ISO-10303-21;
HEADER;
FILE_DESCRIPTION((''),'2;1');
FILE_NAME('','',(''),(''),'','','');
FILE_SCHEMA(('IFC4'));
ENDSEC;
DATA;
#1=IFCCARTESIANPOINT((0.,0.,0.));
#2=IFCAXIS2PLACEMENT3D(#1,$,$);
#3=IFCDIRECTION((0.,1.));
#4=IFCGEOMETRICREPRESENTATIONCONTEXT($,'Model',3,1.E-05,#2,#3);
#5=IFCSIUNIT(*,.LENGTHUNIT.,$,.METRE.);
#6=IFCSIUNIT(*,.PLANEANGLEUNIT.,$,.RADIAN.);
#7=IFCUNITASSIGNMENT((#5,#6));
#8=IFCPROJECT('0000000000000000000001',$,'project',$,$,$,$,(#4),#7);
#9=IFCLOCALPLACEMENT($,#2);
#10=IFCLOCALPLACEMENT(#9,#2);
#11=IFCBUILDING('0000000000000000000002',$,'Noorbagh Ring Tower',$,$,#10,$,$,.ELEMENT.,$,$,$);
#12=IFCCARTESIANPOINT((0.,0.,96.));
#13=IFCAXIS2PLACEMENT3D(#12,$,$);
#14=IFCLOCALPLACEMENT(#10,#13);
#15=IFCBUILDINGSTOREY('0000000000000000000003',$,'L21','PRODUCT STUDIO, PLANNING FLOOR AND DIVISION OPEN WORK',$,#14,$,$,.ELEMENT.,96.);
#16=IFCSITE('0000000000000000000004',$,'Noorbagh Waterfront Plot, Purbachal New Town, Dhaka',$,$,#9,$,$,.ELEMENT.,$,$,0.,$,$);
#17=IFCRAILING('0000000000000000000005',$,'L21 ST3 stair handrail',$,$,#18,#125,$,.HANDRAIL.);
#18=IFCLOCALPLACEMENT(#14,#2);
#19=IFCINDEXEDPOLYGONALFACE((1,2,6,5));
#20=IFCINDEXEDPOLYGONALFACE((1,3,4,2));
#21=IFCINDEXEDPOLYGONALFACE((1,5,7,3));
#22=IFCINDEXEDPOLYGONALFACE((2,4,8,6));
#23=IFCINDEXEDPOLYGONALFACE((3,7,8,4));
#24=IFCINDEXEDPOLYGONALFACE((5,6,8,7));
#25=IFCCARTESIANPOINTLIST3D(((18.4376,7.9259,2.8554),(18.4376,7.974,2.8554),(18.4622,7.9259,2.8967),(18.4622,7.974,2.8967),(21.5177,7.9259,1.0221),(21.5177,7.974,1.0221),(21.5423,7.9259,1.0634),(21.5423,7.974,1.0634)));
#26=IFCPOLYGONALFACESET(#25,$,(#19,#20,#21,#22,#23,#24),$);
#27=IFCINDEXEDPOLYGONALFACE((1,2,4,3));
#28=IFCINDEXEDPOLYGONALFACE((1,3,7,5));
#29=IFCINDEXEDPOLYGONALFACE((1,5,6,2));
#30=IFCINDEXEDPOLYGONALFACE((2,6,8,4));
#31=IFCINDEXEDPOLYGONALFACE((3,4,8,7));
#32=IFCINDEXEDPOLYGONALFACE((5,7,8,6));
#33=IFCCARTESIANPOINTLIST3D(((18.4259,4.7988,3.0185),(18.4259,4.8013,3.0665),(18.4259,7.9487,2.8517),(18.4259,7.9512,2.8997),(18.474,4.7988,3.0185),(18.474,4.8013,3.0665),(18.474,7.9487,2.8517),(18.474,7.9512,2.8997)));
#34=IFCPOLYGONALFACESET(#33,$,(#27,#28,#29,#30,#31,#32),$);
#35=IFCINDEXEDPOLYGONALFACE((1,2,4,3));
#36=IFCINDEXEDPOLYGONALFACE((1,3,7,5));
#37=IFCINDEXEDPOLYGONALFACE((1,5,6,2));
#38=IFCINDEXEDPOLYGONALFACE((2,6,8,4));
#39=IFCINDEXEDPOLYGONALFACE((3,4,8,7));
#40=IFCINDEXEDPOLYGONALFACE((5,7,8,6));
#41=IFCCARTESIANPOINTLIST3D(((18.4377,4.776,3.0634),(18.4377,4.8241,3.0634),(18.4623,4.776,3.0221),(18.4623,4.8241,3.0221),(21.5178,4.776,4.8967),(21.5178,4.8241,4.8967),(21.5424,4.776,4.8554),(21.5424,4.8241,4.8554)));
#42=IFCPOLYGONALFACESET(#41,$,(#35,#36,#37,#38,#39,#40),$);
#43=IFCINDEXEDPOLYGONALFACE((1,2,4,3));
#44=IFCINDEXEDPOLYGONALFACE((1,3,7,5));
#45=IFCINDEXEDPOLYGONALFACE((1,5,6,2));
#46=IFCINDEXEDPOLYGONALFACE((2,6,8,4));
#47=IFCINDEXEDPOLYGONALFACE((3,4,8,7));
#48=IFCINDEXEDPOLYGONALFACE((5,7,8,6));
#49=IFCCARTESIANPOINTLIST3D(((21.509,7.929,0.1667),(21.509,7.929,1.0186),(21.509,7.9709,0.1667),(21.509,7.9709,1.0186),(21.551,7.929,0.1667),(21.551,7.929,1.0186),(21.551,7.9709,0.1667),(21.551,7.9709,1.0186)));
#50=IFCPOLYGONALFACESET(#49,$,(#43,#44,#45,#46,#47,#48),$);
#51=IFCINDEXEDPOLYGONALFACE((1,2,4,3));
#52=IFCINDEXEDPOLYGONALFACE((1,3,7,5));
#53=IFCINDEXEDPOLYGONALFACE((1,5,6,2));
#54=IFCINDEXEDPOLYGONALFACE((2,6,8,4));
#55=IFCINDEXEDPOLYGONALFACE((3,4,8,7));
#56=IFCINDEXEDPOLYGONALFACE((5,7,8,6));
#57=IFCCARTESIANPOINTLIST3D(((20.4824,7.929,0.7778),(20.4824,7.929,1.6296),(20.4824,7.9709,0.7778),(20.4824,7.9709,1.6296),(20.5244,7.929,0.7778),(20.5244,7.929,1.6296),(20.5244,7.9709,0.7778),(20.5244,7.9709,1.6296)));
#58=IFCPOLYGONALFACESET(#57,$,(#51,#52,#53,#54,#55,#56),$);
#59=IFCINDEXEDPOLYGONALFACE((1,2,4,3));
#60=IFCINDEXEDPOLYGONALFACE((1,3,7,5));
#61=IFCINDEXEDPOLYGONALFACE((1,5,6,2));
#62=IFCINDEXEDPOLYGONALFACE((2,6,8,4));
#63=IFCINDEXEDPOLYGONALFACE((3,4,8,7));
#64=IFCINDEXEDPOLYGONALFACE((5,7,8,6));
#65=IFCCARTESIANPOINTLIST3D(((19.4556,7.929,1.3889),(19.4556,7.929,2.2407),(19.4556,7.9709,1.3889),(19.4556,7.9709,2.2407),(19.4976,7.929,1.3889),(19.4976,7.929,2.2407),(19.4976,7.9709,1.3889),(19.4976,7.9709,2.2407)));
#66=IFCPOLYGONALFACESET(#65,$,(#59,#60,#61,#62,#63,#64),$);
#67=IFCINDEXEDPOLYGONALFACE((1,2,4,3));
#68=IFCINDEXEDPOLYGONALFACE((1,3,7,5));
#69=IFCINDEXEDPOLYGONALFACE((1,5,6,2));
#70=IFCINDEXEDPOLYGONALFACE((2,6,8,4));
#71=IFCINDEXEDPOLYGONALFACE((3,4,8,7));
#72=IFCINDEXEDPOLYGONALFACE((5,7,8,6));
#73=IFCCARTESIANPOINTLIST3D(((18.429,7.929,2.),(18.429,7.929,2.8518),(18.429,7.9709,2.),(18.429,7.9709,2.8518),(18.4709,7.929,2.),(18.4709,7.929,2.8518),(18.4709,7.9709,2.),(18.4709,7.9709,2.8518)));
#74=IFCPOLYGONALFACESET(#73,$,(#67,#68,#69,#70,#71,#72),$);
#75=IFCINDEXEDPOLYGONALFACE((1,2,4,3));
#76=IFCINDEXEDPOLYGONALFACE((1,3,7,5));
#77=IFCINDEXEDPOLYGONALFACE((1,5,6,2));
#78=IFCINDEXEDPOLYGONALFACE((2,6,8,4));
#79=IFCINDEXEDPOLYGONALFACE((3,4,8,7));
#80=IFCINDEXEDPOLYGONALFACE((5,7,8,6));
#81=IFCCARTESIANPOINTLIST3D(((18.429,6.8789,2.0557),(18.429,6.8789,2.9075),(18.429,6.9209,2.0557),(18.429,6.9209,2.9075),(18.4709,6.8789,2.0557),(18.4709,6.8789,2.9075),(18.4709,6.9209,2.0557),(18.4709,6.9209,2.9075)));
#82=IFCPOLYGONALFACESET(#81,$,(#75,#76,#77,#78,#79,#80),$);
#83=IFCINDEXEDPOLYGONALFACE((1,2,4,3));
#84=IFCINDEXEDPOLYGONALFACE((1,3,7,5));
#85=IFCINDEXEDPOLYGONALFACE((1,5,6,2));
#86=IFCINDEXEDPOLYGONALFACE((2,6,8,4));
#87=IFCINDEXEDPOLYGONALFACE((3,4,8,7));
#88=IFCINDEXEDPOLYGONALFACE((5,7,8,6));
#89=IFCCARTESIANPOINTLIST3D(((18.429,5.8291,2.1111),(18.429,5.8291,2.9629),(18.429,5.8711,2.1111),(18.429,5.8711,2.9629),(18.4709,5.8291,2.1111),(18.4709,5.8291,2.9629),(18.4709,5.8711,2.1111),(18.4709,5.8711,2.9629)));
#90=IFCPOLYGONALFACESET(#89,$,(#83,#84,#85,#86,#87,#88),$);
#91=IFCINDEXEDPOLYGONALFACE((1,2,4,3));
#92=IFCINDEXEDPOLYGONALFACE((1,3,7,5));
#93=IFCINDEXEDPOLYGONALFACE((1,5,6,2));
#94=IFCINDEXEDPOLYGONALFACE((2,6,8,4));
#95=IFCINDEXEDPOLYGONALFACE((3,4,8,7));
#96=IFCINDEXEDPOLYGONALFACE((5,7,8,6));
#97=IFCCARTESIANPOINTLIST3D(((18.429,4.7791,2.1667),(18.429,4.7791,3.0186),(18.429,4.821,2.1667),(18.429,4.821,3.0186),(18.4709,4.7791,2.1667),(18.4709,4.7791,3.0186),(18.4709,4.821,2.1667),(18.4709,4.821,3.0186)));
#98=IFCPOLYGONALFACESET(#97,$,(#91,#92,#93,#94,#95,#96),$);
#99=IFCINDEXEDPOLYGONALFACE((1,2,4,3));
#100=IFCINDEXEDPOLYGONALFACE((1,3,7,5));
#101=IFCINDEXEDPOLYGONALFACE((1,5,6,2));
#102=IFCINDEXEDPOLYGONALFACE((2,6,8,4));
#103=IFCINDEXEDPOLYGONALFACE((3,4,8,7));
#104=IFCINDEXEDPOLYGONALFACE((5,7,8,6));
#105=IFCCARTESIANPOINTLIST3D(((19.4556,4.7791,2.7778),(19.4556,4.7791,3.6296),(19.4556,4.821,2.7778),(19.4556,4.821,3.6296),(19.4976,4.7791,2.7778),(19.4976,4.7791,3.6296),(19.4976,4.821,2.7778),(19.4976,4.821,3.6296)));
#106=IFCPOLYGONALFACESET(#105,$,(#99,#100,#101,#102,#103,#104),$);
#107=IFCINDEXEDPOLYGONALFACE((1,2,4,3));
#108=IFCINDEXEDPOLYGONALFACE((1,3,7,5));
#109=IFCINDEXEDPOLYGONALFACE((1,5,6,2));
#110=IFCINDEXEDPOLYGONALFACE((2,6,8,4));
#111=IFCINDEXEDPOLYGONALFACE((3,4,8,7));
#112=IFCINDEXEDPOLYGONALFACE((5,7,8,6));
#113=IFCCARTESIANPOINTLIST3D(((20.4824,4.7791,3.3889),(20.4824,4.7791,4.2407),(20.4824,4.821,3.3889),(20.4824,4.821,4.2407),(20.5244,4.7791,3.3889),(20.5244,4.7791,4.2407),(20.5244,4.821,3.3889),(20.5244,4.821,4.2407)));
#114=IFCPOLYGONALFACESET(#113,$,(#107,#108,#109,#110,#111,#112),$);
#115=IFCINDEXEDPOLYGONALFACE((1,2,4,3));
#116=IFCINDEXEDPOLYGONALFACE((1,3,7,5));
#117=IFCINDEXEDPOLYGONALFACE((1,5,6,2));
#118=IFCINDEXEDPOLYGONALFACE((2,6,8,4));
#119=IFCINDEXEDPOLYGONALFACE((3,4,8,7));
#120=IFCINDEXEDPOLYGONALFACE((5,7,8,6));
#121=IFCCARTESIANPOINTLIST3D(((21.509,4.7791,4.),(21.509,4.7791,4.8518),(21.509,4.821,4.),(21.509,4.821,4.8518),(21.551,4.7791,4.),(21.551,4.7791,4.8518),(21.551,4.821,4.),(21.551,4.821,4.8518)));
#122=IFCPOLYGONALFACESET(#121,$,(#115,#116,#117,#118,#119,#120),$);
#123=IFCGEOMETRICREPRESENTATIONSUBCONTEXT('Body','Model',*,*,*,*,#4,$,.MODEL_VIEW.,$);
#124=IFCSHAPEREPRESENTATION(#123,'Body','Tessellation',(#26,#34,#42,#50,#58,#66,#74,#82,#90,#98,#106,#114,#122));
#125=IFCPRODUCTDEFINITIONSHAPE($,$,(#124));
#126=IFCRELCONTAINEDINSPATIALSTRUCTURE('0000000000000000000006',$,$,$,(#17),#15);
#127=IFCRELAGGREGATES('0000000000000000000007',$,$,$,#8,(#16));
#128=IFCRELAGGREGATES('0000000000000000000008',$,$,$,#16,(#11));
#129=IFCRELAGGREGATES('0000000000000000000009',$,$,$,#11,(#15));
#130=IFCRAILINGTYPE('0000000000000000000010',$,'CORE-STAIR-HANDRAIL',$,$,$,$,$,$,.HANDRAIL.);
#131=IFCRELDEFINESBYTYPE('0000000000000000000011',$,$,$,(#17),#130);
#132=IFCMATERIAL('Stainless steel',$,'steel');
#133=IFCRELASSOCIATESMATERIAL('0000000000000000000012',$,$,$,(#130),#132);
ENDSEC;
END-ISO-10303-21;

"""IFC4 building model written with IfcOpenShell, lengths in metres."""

from ifc_helpers import new_model, si_unit, direction, frame, origin, origin_2d, place, context, subcontext, project, spatial, rectangle, extrude, material, type_object, element, save


model = new_model("IFC4")

# Units and contexts
model_context = context("Model", 3, precision=1e-05, world=origin(), true_north=direction((0.0, 1.0)))
body_context = subcontext(model_context, "Body", "Model", "MODEL_VIEW")
ifc_project = project(units=[si_unit("LENGTHUNIT", "METRE"), si_unit("PLANEANGLEUNIT", "RADIAN")], contexts=[model_context])

# Site, building, storey
site_placement = place(None, origin())
site = spatial("IfcSite", under=ifc_project, at=site_placement, Name="Noorbagh Waterfront Plot, Purbachal New Town, Dhaka", CompositionType="ELEMENT", RefElevation=0.0)
building_placement = place(site_placement, origin())
building = spatial("IfcBuilding", under=site, at=building_placement, Name="Noorbagh Ring Tower", CompositionType="ELEMENT")
storey_placement = place(building_placement, frame((0.0, 0.0, 96.0)))
storey = spatial("IfcBuildingStorey", under=building, at=storey_placement, Name="L21", Description="PRODUCT STUDIO, PLANNING FLOOR AND DIVISION OPEN WORK", CompositionType="ELEMENT", Elevation=96.0)

# Railing
ifc_material_1 = material(Name="Stainless steel", Category="steel")
railing_type_1 = type_object("IfcRailingType", Name="CORE-STAIR-HANDRAIL", PredefinedType="HANDRAIL", material=ifc_material_1)
railing_1_placement = place(storey_placement, frame((21.53, 7.95, 0.1667)))
element("IfcRailing", 1, at=railing_1_placement, inside=storey, type_object=railing_type_1, Name="L21 ST3 stair handrail", PredefinedType="HANDRAIL", context=body_context, shape_type="SweptSolid", body=[
    extrude(rectangle(XDim=0.0481, YDim=0.0481, at=origin_2d()), frame((0.0, 0.0, 0.876), z_axis=(-0.859309, 0.0, 0.511458), x_axis=(0.0, -1.0, 0.0)), (0.0, 0.0, 1.0), 3.5845),
    extrude(rectangle(XDim=0.0481, YDim=0.0481, at=origin_2d()), frame((-3.0801, 0.0, 2.709), z_axis=(0.0, -0.998602, 0.052864), x_axis=(1.0, 0.0, 0.0)), (0.0, 0.0, 1.0), 3.1543),
    extrude(rectangle(XDim=0.0481, YDim=0.0481, at=origin_2d()), frame((-3.0801, -3.1499, 2.876), z_axis=(0.859309, 0.0, 0.511458), x_axis=(0.0, 1.0, 0.0)), (0.0, 0.0, 1.0), 3.5845),
    extrude(rectangle(XDim=0.042, YDim=0.042, at=origin_2d()), origin(), (0.0, 0.0, 1.0), 0.8518),
    extrude(rectangle(XDim=0.042, YDim=0.042, at=origin_2d()), frame((-1.0266, 0.0, 0.6111)), (0.0, 0.0, 1.0), 0.8518),
    extrude(rectangle(XDim=0.042, YDim=0.042, at=origin_2d()), frame((-2.0535, 0.0, 1.2222)), (0.0, 0.0, 1.0), 0.8518),
    extrude(rectangle(XDim=0.042, YDim=0.042, at=origin_2d()), frame((-3.0801, 0.0, 1.8333)), (0.0, 0.0, 1.0), 0.8518),
    extrude(rectangle(XDim=0.042, YDim=0.042, at=origin_2d()), frame((-3.0801, -1.05, 1.8889)), (0.0, 0.0, 1.0), 0.8518),
    extrude(rectangle(XDim=0.042, YDim=0.042, at=origin_2d()), frame((-3.0801, -2.0999, 1.9443)), (0.0, 0.0, 1.0), 0.8518),
    extrude(rectangle(XDim=0.042, YDim=0.042, at=origin_2d()), frame((-3.0801, -3.1499, 2.0)), (0.0, 0.0, 1.0), 0.8518),
    extrude(rectangle(XDim=0.042, YDim=0.042, at=origin_2d()), frame((-2.0535, -3.1499, 2.6111)), (0.0, 0.0, 1.0), 0.8518),
    extrude(rectangle(XDim=0.042, YDim=0.042, at=origin_2d()), frame((-1.0266, -3.1499, 3.2222)), (0.0, 0.0, 1.0), 0.8518),
    extrude(rectangle(XDim=0.042, YDim=0.042, at=origin_2d()), frame((0.0, -3.1499, 3.8333)), (0.0, 0.0, 1.0), 0.8518),
])

save(model, "model.ifc")
